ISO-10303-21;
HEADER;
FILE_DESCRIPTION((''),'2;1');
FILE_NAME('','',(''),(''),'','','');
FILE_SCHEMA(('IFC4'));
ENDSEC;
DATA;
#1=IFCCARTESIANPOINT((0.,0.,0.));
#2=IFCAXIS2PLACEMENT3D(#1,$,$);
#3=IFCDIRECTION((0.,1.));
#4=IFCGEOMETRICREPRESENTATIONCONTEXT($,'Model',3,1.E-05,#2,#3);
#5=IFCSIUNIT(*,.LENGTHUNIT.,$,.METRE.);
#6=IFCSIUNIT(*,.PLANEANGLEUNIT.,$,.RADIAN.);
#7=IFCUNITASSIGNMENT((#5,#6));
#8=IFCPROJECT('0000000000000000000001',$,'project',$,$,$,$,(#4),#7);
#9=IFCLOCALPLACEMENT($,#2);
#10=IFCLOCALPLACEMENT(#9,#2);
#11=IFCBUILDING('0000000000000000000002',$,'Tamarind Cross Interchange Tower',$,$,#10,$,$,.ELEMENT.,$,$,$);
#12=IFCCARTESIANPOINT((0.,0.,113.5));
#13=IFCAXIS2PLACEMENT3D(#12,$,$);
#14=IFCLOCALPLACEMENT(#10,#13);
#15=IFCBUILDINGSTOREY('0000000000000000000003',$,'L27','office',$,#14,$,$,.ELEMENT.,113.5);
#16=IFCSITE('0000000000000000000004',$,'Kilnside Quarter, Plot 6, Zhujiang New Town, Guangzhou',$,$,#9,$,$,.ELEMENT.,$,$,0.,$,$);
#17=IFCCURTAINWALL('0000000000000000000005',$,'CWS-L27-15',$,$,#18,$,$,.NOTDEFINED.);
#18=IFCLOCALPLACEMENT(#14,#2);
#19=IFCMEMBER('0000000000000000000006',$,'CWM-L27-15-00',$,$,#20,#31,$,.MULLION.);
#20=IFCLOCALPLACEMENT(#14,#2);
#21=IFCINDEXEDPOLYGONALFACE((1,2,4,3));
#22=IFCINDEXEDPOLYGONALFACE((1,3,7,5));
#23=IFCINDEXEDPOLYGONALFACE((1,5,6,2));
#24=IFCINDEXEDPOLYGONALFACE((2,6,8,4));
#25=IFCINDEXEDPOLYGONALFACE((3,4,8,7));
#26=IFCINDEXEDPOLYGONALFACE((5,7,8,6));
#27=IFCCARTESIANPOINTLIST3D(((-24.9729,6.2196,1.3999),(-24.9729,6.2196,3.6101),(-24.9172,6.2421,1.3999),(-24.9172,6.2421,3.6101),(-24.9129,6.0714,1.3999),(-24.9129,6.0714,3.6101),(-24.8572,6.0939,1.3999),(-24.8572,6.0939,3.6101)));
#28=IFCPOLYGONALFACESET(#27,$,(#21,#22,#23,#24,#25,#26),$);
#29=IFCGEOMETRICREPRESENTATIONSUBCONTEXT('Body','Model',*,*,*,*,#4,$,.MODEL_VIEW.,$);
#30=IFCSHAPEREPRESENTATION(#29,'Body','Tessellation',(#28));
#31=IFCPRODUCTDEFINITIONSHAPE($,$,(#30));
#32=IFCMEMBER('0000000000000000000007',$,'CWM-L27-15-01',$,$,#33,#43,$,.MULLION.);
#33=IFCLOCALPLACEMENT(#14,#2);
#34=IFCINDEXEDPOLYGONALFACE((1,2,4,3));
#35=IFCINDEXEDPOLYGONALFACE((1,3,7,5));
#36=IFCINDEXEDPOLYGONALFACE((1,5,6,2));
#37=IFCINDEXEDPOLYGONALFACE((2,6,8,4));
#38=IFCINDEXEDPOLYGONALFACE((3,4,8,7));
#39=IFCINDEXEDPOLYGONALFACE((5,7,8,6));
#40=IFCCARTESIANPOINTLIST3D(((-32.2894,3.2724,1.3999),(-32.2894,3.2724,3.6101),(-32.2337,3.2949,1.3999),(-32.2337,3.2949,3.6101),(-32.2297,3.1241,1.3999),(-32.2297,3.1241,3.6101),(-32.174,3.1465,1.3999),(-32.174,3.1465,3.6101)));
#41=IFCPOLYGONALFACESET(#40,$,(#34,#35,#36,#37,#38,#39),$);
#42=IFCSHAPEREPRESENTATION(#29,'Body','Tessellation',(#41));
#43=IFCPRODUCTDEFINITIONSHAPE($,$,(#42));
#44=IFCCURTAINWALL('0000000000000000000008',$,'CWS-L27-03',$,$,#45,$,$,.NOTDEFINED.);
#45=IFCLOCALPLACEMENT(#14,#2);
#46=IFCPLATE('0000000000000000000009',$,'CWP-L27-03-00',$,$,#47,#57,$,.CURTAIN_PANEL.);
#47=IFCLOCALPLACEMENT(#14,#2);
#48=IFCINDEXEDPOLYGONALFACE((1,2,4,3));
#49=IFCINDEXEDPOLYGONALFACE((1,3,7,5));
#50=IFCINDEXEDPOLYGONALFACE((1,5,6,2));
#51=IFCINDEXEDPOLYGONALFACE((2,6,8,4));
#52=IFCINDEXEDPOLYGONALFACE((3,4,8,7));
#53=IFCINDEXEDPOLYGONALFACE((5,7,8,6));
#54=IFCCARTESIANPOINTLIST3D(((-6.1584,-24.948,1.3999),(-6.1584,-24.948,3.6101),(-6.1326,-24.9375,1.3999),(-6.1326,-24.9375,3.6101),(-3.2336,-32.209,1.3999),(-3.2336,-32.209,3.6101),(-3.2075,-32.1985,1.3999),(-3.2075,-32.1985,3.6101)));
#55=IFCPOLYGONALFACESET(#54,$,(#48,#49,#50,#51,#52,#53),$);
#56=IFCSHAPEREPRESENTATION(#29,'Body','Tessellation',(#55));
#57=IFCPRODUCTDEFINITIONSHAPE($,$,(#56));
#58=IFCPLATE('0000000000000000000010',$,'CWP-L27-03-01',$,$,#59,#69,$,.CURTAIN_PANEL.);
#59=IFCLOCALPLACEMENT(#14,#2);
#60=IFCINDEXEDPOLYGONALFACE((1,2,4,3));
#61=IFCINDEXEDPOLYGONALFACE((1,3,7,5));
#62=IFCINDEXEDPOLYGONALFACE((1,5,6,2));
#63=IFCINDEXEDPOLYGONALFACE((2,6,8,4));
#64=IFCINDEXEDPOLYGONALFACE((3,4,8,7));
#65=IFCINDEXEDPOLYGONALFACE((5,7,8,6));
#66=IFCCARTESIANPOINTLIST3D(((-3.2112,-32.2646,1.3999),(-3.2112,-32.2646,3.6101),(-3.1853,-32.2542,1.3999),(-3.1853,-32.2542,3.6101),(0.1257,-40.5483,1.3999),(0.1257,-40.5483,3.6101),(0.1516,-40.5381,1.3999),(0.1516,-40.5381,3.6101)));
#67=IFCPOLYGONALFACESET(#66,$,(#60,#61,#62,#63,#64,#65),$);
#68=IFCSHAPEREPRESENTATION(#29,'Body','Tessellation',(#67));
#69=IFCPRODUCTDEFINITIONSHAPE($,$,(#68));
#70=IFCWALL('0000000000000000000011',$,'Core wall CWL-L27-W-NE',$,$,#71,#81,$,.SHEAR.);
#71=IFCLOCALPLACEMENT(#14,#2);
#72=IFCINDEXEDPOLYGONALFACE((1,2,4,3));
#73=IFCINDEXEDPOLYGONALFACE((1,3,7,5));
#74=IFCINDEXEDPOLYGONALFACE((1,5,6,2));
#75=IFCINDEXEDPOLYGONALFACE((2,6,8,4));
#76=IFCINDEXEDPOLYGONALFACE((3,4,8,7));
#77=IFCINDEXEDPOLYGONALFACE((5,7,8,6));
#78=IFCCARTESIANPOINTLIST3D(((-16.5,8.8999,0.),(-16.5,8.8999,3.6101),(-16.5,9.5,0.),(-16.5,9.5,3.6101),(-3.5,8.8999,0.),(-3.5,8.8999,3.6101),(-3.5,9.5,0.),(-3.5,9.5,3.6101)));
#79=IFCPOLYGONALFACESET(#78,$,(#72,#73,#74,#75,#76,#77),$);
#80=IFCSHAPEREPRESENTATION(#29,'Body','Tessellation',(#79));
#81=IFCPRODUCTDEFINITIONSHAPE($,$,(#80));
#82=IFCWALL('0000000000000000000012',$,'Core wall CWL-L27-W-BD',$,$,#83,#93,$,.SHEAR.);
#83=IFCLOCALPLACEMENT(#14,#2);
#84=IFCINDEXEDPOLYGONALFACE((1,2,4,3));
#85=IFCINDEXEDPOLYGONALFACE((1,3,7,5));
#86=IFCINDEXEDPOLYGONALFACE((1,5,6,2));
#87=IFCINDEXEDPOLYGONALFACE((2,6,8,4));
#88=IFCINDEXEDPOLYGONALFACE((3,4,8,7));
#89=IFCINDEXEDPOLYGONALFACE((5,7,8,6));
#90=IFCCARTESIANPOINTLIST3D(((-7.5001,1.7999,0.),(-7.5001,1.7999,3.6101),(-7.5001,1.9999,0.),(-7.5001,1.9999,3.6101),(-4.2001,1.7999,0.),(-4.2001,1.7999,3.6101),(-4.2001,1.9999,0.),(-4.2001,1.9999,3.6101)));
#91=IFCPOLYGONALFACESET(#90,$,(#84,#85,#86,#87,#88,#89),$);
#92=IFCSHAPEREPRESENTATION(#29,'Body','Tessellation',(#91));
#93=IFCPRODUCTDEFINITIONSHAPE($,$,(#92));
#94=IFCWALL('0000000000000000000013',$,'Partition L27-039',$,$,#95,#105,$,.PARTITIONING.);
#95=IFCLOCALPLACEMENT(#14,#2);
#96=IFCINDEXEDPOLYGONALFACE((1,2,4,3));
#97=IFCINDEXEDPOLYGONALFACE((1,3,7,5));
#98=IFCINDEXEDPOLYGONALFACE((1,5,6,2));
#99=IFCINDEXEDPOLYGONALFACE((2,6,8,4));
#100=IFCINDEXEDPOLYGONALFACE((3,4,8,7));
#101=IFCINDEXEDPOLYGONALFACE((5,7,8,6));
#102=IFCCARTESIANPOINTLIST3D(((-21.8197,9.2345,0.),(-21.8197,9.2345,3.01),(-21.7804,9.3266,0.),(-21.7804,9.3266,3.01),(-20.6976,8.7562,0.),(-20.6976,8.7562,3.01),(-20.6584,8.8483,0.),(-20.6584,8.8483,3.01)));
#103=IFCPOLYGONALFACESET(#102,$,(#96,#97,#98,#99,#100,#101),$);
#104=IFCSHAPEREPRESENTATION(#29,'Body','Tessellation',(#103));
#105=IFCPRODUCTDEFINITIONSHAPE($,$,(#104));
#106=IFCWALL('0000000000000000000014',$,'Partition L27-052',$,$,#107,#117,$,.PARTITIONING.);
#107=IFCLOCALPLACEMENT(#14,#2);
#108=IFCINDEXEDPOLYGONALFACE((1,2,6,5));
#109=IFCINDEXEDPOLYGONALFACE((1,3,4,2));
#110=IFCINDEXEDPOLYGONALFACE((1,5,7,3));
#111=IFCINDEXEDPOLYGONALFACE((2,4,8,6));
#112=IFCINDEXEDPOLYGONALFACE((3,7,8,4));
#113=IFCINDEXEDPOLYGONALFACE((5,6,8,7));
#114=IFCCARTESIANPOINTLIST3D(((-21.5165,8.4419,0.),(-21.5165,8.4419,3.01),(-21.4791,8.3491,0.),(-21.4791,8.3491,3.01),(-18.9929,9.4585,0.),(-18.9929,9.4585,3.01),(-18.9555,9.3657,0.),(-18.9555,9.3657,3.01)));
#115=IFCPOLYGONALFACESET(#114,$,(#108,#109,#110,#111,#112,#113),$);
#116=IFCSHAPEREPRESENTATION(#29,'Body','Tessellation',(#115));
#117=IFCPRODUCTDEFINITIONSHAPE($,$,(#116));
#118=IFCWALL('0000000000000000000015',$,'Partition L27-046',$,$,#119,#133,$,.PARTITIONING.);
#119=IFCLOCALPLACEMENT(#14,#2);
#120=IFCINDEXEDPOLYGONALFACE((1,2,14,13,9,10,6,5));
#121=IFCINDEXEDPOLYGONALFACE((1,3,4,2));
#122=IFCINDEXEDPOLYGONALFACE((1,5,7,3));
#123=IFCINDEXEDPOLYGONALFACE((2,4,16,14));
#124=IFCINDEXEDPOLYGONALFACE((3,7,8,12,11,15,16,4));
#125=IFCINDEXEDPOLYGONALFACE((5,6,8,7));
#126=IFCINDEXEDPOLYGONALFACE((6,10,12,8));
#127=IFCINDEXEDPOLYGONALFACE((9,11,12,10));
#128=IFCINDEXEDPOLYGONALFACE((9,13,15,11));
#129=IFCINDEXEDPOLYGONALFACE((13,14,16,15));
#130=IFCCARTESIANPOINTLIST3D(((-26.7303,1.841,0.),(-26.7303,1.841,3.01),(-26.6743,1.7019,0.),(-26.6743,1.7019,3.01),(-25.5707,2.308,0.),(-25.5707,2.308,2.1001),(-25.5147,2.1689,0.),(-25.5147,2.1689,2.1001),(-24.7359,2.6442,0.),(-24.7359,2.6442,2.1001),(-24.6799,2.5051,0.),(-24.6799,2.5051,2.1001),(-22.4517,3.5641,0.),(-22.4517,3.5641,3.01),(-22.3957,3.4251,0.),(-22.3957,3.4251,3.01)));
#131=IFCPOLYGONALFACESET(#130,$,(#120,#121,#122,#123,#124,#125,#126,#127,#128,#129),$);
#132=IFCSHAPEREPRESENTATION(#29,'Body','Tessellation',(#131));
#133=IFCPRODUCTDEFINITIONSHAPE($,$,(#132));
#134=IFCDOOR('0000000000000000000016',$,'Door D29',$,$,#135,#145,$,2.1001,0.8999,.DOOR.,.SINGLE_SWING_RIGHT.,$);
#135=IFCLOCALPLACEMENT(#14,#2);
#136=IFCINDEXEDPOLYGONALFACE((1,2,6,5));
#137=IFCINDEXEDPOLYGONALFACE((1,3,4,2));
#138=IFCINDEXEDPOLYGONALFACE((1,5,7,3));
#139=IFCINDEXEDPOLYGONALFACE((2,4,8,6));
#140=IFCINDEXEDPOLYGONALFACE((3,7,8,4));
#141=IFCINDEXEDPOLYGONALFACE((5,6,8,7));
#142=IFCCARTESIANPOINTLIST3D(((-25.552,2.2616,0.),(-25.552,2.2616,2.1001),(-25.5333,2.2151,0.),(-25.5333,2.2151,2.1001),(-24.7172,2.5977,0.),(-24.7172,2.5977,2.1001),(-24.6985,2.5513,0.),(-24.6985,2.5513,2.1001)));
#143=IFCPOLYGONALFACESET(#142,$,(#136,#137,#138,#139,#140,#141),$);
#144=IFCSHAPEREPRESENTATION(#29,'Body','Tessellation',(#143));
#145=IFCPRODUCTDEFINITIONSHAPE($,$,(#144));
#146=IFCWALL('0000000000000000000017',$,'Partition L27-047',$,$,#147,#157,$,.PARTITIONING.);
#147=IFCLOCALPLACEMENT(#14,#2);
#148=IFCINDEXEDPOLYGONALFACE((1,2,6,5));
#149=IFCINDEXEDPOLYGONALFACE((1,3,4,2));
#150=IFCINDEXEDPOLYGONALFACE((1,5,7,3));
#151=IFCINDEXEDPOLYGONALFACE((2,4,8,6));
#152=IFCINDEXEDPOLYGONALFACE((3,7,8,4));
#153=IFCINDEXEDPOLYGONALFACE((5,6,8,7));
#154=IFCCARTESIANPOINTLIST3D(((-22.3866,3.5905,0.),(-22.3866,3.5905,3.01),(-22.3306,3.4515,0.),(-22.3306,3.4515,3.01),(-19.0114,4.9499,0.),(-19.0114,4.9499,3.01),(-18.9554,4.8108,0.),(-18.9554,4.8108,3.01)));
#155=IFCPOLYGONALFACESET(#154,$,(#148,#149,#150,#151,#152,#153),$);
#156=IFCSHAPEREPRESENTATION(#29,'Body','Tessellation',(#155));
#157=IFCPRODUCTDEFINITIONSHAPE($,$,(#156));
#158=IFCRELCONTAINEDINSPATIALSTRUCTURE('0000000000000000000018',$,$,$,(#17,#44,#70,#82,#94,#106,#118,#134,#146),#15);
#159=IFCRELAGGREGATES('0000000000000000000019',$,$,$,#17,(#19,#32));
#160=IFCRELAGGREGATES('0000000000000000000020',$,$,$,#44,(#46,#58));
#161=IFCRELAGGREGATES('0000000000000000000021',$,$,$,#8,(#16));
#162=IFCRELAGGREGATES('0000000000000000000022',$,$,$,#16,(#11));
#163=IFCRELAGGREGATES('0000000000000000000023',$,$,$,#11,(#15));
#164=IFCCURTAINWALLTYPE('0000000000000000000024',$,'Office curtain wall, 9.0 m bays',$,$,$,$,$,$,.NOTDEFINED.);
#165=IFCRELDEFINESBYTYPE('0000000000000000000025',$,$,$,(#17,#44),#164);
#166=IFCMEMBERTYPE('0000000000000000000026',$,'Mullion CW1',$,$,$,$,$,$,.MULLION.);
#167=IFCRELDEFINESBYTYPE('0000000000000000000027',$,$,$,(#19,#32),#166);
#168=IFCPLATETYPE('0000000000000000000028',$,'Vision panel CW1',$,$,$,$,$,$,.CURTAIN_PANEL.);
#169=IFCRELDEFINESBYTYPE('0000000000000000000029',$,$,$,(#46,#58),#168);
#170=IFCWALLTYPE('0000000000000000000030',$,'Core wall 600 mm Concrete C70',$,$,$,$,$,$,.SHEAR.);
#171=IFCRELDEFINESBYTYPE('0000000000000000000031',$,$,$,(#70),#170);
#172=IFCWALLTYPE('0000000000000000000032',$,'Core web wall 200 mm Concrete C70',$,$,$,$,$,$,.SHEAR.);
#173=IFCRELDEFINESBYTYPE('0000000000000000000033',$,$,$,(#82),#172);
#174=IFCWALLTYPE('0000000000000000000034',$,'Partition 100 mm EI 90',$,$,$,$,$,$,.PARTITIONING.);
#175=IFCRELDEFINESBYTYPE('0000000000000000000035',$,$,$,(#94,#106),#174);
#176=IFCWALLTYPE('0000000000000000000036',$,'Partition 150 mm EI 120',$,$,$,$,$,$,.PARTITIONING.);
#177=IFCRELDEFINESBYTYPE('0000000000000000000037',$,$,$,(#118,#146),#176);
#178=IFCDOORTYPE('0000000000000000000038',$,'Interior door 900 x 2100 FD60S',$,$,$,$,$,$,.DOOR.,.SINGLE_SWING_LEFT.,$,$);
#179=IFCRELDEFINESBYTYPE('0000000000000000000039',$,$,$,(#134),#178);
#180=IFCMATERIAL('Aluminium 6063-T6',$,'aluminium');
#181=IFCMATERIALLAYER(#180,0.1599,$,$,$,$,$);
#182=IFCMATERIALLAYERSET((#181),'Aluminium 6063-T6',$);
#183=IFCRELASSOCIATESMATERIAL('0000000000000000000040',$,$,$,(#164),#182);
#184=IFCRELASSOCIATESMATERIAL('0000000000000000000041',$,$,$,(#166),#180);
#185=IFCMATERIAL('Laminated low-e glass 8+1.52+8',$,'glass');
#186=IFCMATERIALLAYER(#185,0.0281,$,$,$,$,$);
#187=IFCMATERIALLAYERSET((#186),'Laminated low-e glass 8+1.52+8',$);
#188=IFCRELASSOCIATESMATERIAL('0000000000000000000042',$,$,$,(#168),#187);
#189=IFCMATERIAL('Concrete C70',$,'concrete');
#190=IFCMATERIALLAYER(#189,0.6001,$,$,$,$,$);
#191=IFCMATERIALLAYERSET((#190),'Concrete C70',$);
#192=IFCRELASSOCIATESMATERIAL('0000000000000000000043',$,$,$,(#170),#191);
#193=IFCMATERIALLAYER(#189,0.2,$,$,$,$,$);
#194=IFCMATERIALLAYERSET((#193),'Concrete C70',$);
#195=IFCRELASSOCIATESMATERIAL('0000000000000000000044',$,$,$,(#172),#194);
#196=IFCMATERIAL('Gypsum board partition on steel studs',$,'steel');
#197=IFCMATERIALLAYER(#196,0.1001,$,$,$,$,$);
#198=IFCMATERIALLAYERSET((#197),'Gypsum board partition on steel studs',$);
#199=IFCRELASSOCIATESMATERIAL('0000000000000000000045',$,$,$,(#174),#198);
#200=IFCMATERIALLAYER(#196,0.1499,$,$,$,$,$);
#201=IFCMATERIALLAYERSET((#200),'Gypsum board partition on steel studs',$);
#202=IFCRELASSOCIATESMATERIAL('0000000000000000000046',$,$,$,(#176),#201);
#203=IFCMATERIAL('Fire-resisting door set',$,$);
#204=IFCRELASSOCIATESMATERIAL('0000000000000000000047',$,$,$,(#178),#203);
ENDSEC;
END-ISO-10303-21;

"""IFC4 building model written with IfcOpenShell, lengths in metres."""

from ifc_helpers import new_model, si_unit, direction, frame, frame_2d, origin, origin_2d, place, context, subcontext, project, spatial, polyline, rectangle, outline, extrude, material, layer, layer_set, material_profile, profile_set, type_object, element, fill, aggregate, save


model = new_model("IFC4")

# Units and contexts
model_context = context("Model", 3, precision=1e-05, world=origin(), true_north=direction((0.0, 1.0)))
body_context = subcontext(model_context, "Body", "Model", "MODEL_VIEW")
ifc_project = project(units=[si_unit("LENGTHUNIT", "METRE"), si_unit("PLANEANGLEUNIT", "RADIAN")], contexts=[model_context])

# Site, building, storey
site_placement = place(None, origin())
site = spatial("IfcSite", under=ifc_project, at=site_placement, Name="Kilnside Quarter, Plot 6, Zhujiang New Town, Guangzhou", CompositionType="ELEMENT", RefElevation=0.0)
building_placement = place(site_placement, origin())
building = spatial("IfcBuilding", under=site, at=building_placement, Name="Tamarind Cross Interchange Tower", CompositionType="ELEMENT")
storey_placement = place(building_placement, frame((0.0, 0.0, 113.5)))
storey = spatial("IfcBuildingStorey", under=building, at=storey_placement, Name="L27", Description="office", CompositionType="ELEMENT", Elevation=113.5)

# Curtain wall, members
ifc_material_1 = material(Name="Aluminium 6063-T6", Category="aluminium")
ifc_layer_1 = layer(ifc_material_1, 0.1599)
ifc_layer_set_1 = layer_set([ifc_layer_1], Name="Aluminium 6063-T6")
curtain_wall_type = type_object("IfcCurtainWallType", Name="Office curtain wall, 9.0 m bays", PredefinedType="NOTDEFINED", material=ifc_layer_set_1)
curtain_wall_1_placement = place(storey_placement, origin())
curtain_wall_1 = element("IfcCurtainWall", 1, at=curtain_wall_1_placement, inside=storey, type_object=curtain_wall_type, Name="CWS-L27-15", PredefinedType="NOTDEFINED")
ifc_material_profile_1 = material_profile(ifc_material_1, rectangle(XDim=0.0601, YDim=0.1599, at=origin_2d()), Name="Mullion CW1")
ifc_profile_set_1 = profile_set([ifc_material_profile_1], Name="Aluminium 6063-T6")
member_type = type_object("IfcMemberType", Name="Mullion CW1", PredefinedType="MULLION", material=ifc_profile_set_1)
member_1_placement = place(storey_placement, frame((-24.915, 6.1567, 1.3999), z_axis=(0.0, 0.0, 1.0), x_axis=(-0.927001, -0.375059, 0.0)))
member_1 = element("IfcMember", 2, at=member_1_placement, type_object=member_type, Name="CWM-L27-15-00", PredefinedType="MULLION", context=body_context, shape_type="SweptSolid", body=[
    extrude(rectangle(XDim=0.0601, YDim=0.1599, at=origin_2d()), origin(), (0.0, 0.0, 1.0), 2.2102),
])
member_2_placement = place(storey_placement, frame((-32.2317, 3.2095, 1.3999), z_axis=(0.0, 0.0, 1.0), x_axis=(-0.92757, -0.373648, 0.0)))
member_2 = element("IfcMember", 3, at=member_2_placement, type_object=member_type, Name="CWM-L27-15-01", PredefinedType="MULLION", context=body_context, shape_type="SweptSolid", body=[
    extrude(rectangle(XDim=0.0601, YDim=0.1599, at=origin_2d()), origin(), (0.0, 0.0, 1.0), 2.2102),
])
aggregate(curtain_wall_1, [member_1, member_2])

# Curtain wall, plates
curtain_wall_2_placement = place(storey_placement, origin())
curtain_wall_2 = element("IfcCurtainWall", 4, at=curtain_wall_2_placement, inside=storey, type_object=curtain_wall_type, Name="CWS-L27-03", PredefinedType="NOTDEFINED")
ifc_material_2 = material(Name="Laminated low-e glass 8+1.52+8", Category="glass")
ifc_layer_2 = layer(ifc_material_2, 0.0281)
ifc_layer_set_2 = layer_set([ifc_layer_2], Name="Laminated low-e glass 8+1.52+8")
plate_type = type_object("IfcPlateType", Name="Vision panel CW1", PredefinedType="CURTAIN_PANEL", material=ifc_layer_set_2)
plate_1_placement = place(storey_placement, frame((0.0, 0.0, 1.3999)))
plate_1 = element("IfcPlate", 5, at=plate_1_placement, type_object=plate_type, Name="CWP-L27-03-00", PredefinedType="CURTAIN_PANEL", context=body_context, shape_type="SweptSolid", body=[
    extrude(outline(polyline([(-6.1326, -24.9375), (-3.2075, -32.1985), (-3.2336, -32.209), (-6.1584, -24.948), (-6.1326, -24.9375)])), origin(), (0.0, 0.0, 1.0), 2.2102),
])
plate_2_placement = place(storey_placement, frame((0.0, 0.0, 1.3999)))
plate_2 = element("IfcPlate", 6, at=plate_2_placement, type_object=plate_type, Name="CWP-L27-03-01", PredefinedType="CURTAIN_PANEL", context=body_context, shape_type="SweptSolid", body=[
    extrude(outline(polyline([(-3.1853, -32.2542), (0.1516, -40.5381), (0.1257, -40.5483), (-3.2112, -32.2646), (-3.1853, -32.2542)])), origin(), (0.0, 0.0, 1.0), 2.2102),
])
aggregate(curtain_wall_2, [plate_1, plate_2])

# Walls
ifc_material_3 = material(Name="Concrete C70", Category="concrete")
ifc_layer_3 = layer(ifc_material_3, 0.6001)
ifc_layer_set_3 = layer_set([ifc_layer_3], Name="Concrete C70")
wall_type_1 = type_object("IfcWallType", Name="Core wall 600 mm Concrete C70", PredefinedType="SHEAR", material=ifc_layer_set_3)
wall_1_placement = place(storey_placement, frame((-16.5, 9.2, 0.0), z_axis=(0.0, 0.0, 1.0), x_axis=(1.0, 0.0, 0.0)))
element("IfcWall", 7, at=wall_1_placement, inside=storey, type_object=wall_type_1, Name="Core wall CWL-L27-W-NE", PredefinedType="SHEAR", context=body_context, shape_type="SweptSolid", body=[
    extrude(rectangle(XDim=13.0, YDim=0.6001, at=frame_2d((6.5, 0.0))), origin(), (0.0, 0.0, 1.0), 3.6101),
])
ifc_layer_4 = layer(ifc_material_3, 0.2)
ifc_layer_set_4 = layer_set([ifc_layer_4], Name="Concrete C70")
wall_type_2 = type_object("IfcWallType", Name="Core web wall 200 mm Concrete C70", PredefinedType="SHEAR", material=ifc_layer_set_4)
wall_2_placement = place(storey_placement, frame((-7.5, 1.8999, 0.0), z_axis=(0.0, 0.0, 1.0), x_axis=(1.0, 0.0, 0.0)))
element("IfcWall", 8, at=wall_2_placement, inside=storey, type_object=wall_type_2, Name="Core wall CWL-L27-W-BD", PredefinedType="SHEAR", context=body_context, shape_type="SweptSolid", body=[
    extrude(rectangle(XDim=3.3, YDim=0.2, at=frame_2d((1.6499, 0.0))), origin(), (0.0, 0.0, 1.0), 3.6101),
])
ifc_material_4 = material(Name="Gypsum board partition on steel studs", Category="steel")
ifc_layer_5 = layer(ifc_material_4, 0.1001)
ifc_layer_set_5 = layer_set([ifc_layer_5], Name="Gypsum board partition on steel studs")
wall_type_3 = type_object("IfcWallType", Name="Partition 100 mm EI 90", PredefinedType="PARTITIONING", material=ifc_layer_set_5)
wall_3_placement = place(storey_placement, frame((-21.8, 9.2805, 0.0), z_axis=(0.0, 0.0, 1.0), x_axis=(0.91992, -0.392107, 0.0)))
element("IfcWall", 9, at=wall_3_placement, inside=storey, type_object=wall_type_3, Name="Partition L27-039", PredefinedType="PARTITIONING", context=body_context, shape_type="SweptSolid", body=[
    extrude(rectangle(XDim=1.2197, YDim=0.1001, at=frame_2d((0.6099, 0.0))), origin(), (0.0, 0.0, 1.0), 3.01),
])
wall_4_placement = place(storey_placement, frame((-21.4978, 8.3955, 0.0), z_axis=(0.0, 0.0, 1.0), x_axis=(0.92757, 0.373648, 0.0)))
element("IfcWall", 10, at=wall_4_placement, inside=storey, type_object=wall_type_3, Name="Partition L27-052", PredefinedType="PARTITIONING", context=body_context, shape_type="SweptSolid", body=[
    extrude(rectangle(XDim=2.7207, YDim=0.1001, at=frame_2d((1.3604, 0.0))), origin(), (0.0, 0.0, 1.0), 3.01),
])

# Wall, opening, door
ifc_layer_6 = layer(ifc_material_4, 0.1499)
ifc_layer_set_6 = layer_set([ifc_layer_6], Name="Gypsum board partition on steel studs")
wall_type_4 = type_object("IfcWallType", Name="Partition 150 mm EI 120", PredefinedType="PARTITIONING", material=ifc_layer_set_6)
wall_5_placement = place(storey_placement, frame((-26.7021, 1.7715, 0.0), z_axis=(0.0, 0.0, 1.0), x_axis=(0.927598, 0.37358, 0.0)))
wall_5 = element("IfcWall", 11, at=wall_5_placement, inside=storey, type_object=wall_type_4, Name="Partition L27-046", PredefinedType="PARTITIONING", context=body_context, shape_type="SweptSolid", body=[
    extrude(rectangle(XDim=4.6125, YDim=0.1499, at=frame_2d((2.3062, 0.0))), origin(), (0.0, 0.0, 1.0), 3.01),
])
opening_1_placement = place(wall_5_placement, frame((1.25, 0.0, 0.0)))
opening_1 = element("IfcOpeningElement", 12, at=opening_1_placement, cuts=wall_5, PredefinedType="OPENING", context=body_context, shape_type="SweptSolid", body=[
    extrude(rectangle(XDim=0.8999, YDim=2.1001, at=frame_2d((0.45, 1.05))), frame((0.0, 0.085, 0.0), z_axis=(0.0, -1.0, 0.0), x_axis=(1.0, 0.0, 0.0)), (0.0, 0.0, 1.0), 0.1699),
])
ifc_material_5 = material(Name="Fire-resisting door set")
door_type_1 = type_object("IfcDoorType", Name="Interior door 900 x 2100 FD60S", OperationType="SINGLE_SWING_LEFT", PredefinedType="DOOR", material=ifc_material_5)
door_1_placement = place(opening_1_placement, origin())
door_1 = element("IfcDoor", 13, at=door_1_placement, inside=storey, type_object=door_type_1, Name="Door D29", OperationType="SINGLE_SWING_RIGHT", OverallHeight=2.1001, OverallWidth=0.8999, PredefinedType="DOOR", context=body_context, shape_type="SweptSolid", body=[
    extrude(rectangle(XDim=0.8999, YDim=2.1001, at=frame_2d((0.45, 1.05))), frame((0.0, 0.0249, 0.0), z_axis=(0.0, -1.0, 0.0), x_axis=(1.0, 0.0, 0.0)), (0.0, 0.0, 1.0), 0.05),
])
fill(opening_1, door_1)

# Wall
wall_6_placement = place(storey_placement, frame((-22.3586, 3.521, 0.0), z_axis=(0.0, 0.0, 1.0), x_axis=(0.927595, 0.373588, 0.0)))
element("IfcWall", 14, at=wall_6_placement, inside=storey, type_object=wall_type_4, Name="Partition L27-047", PredefinedType="PARTITIONING", context=body_context, shape_type="SweptSolid", body=[
    extrude(rectangle(XDim=3.6387, YDim=0.1499, at=frame_2d((1.8193, 0.0))), origin(), (0.0, 0.0, 1.0), 3.01),
])

save(model, "model.ifc")
